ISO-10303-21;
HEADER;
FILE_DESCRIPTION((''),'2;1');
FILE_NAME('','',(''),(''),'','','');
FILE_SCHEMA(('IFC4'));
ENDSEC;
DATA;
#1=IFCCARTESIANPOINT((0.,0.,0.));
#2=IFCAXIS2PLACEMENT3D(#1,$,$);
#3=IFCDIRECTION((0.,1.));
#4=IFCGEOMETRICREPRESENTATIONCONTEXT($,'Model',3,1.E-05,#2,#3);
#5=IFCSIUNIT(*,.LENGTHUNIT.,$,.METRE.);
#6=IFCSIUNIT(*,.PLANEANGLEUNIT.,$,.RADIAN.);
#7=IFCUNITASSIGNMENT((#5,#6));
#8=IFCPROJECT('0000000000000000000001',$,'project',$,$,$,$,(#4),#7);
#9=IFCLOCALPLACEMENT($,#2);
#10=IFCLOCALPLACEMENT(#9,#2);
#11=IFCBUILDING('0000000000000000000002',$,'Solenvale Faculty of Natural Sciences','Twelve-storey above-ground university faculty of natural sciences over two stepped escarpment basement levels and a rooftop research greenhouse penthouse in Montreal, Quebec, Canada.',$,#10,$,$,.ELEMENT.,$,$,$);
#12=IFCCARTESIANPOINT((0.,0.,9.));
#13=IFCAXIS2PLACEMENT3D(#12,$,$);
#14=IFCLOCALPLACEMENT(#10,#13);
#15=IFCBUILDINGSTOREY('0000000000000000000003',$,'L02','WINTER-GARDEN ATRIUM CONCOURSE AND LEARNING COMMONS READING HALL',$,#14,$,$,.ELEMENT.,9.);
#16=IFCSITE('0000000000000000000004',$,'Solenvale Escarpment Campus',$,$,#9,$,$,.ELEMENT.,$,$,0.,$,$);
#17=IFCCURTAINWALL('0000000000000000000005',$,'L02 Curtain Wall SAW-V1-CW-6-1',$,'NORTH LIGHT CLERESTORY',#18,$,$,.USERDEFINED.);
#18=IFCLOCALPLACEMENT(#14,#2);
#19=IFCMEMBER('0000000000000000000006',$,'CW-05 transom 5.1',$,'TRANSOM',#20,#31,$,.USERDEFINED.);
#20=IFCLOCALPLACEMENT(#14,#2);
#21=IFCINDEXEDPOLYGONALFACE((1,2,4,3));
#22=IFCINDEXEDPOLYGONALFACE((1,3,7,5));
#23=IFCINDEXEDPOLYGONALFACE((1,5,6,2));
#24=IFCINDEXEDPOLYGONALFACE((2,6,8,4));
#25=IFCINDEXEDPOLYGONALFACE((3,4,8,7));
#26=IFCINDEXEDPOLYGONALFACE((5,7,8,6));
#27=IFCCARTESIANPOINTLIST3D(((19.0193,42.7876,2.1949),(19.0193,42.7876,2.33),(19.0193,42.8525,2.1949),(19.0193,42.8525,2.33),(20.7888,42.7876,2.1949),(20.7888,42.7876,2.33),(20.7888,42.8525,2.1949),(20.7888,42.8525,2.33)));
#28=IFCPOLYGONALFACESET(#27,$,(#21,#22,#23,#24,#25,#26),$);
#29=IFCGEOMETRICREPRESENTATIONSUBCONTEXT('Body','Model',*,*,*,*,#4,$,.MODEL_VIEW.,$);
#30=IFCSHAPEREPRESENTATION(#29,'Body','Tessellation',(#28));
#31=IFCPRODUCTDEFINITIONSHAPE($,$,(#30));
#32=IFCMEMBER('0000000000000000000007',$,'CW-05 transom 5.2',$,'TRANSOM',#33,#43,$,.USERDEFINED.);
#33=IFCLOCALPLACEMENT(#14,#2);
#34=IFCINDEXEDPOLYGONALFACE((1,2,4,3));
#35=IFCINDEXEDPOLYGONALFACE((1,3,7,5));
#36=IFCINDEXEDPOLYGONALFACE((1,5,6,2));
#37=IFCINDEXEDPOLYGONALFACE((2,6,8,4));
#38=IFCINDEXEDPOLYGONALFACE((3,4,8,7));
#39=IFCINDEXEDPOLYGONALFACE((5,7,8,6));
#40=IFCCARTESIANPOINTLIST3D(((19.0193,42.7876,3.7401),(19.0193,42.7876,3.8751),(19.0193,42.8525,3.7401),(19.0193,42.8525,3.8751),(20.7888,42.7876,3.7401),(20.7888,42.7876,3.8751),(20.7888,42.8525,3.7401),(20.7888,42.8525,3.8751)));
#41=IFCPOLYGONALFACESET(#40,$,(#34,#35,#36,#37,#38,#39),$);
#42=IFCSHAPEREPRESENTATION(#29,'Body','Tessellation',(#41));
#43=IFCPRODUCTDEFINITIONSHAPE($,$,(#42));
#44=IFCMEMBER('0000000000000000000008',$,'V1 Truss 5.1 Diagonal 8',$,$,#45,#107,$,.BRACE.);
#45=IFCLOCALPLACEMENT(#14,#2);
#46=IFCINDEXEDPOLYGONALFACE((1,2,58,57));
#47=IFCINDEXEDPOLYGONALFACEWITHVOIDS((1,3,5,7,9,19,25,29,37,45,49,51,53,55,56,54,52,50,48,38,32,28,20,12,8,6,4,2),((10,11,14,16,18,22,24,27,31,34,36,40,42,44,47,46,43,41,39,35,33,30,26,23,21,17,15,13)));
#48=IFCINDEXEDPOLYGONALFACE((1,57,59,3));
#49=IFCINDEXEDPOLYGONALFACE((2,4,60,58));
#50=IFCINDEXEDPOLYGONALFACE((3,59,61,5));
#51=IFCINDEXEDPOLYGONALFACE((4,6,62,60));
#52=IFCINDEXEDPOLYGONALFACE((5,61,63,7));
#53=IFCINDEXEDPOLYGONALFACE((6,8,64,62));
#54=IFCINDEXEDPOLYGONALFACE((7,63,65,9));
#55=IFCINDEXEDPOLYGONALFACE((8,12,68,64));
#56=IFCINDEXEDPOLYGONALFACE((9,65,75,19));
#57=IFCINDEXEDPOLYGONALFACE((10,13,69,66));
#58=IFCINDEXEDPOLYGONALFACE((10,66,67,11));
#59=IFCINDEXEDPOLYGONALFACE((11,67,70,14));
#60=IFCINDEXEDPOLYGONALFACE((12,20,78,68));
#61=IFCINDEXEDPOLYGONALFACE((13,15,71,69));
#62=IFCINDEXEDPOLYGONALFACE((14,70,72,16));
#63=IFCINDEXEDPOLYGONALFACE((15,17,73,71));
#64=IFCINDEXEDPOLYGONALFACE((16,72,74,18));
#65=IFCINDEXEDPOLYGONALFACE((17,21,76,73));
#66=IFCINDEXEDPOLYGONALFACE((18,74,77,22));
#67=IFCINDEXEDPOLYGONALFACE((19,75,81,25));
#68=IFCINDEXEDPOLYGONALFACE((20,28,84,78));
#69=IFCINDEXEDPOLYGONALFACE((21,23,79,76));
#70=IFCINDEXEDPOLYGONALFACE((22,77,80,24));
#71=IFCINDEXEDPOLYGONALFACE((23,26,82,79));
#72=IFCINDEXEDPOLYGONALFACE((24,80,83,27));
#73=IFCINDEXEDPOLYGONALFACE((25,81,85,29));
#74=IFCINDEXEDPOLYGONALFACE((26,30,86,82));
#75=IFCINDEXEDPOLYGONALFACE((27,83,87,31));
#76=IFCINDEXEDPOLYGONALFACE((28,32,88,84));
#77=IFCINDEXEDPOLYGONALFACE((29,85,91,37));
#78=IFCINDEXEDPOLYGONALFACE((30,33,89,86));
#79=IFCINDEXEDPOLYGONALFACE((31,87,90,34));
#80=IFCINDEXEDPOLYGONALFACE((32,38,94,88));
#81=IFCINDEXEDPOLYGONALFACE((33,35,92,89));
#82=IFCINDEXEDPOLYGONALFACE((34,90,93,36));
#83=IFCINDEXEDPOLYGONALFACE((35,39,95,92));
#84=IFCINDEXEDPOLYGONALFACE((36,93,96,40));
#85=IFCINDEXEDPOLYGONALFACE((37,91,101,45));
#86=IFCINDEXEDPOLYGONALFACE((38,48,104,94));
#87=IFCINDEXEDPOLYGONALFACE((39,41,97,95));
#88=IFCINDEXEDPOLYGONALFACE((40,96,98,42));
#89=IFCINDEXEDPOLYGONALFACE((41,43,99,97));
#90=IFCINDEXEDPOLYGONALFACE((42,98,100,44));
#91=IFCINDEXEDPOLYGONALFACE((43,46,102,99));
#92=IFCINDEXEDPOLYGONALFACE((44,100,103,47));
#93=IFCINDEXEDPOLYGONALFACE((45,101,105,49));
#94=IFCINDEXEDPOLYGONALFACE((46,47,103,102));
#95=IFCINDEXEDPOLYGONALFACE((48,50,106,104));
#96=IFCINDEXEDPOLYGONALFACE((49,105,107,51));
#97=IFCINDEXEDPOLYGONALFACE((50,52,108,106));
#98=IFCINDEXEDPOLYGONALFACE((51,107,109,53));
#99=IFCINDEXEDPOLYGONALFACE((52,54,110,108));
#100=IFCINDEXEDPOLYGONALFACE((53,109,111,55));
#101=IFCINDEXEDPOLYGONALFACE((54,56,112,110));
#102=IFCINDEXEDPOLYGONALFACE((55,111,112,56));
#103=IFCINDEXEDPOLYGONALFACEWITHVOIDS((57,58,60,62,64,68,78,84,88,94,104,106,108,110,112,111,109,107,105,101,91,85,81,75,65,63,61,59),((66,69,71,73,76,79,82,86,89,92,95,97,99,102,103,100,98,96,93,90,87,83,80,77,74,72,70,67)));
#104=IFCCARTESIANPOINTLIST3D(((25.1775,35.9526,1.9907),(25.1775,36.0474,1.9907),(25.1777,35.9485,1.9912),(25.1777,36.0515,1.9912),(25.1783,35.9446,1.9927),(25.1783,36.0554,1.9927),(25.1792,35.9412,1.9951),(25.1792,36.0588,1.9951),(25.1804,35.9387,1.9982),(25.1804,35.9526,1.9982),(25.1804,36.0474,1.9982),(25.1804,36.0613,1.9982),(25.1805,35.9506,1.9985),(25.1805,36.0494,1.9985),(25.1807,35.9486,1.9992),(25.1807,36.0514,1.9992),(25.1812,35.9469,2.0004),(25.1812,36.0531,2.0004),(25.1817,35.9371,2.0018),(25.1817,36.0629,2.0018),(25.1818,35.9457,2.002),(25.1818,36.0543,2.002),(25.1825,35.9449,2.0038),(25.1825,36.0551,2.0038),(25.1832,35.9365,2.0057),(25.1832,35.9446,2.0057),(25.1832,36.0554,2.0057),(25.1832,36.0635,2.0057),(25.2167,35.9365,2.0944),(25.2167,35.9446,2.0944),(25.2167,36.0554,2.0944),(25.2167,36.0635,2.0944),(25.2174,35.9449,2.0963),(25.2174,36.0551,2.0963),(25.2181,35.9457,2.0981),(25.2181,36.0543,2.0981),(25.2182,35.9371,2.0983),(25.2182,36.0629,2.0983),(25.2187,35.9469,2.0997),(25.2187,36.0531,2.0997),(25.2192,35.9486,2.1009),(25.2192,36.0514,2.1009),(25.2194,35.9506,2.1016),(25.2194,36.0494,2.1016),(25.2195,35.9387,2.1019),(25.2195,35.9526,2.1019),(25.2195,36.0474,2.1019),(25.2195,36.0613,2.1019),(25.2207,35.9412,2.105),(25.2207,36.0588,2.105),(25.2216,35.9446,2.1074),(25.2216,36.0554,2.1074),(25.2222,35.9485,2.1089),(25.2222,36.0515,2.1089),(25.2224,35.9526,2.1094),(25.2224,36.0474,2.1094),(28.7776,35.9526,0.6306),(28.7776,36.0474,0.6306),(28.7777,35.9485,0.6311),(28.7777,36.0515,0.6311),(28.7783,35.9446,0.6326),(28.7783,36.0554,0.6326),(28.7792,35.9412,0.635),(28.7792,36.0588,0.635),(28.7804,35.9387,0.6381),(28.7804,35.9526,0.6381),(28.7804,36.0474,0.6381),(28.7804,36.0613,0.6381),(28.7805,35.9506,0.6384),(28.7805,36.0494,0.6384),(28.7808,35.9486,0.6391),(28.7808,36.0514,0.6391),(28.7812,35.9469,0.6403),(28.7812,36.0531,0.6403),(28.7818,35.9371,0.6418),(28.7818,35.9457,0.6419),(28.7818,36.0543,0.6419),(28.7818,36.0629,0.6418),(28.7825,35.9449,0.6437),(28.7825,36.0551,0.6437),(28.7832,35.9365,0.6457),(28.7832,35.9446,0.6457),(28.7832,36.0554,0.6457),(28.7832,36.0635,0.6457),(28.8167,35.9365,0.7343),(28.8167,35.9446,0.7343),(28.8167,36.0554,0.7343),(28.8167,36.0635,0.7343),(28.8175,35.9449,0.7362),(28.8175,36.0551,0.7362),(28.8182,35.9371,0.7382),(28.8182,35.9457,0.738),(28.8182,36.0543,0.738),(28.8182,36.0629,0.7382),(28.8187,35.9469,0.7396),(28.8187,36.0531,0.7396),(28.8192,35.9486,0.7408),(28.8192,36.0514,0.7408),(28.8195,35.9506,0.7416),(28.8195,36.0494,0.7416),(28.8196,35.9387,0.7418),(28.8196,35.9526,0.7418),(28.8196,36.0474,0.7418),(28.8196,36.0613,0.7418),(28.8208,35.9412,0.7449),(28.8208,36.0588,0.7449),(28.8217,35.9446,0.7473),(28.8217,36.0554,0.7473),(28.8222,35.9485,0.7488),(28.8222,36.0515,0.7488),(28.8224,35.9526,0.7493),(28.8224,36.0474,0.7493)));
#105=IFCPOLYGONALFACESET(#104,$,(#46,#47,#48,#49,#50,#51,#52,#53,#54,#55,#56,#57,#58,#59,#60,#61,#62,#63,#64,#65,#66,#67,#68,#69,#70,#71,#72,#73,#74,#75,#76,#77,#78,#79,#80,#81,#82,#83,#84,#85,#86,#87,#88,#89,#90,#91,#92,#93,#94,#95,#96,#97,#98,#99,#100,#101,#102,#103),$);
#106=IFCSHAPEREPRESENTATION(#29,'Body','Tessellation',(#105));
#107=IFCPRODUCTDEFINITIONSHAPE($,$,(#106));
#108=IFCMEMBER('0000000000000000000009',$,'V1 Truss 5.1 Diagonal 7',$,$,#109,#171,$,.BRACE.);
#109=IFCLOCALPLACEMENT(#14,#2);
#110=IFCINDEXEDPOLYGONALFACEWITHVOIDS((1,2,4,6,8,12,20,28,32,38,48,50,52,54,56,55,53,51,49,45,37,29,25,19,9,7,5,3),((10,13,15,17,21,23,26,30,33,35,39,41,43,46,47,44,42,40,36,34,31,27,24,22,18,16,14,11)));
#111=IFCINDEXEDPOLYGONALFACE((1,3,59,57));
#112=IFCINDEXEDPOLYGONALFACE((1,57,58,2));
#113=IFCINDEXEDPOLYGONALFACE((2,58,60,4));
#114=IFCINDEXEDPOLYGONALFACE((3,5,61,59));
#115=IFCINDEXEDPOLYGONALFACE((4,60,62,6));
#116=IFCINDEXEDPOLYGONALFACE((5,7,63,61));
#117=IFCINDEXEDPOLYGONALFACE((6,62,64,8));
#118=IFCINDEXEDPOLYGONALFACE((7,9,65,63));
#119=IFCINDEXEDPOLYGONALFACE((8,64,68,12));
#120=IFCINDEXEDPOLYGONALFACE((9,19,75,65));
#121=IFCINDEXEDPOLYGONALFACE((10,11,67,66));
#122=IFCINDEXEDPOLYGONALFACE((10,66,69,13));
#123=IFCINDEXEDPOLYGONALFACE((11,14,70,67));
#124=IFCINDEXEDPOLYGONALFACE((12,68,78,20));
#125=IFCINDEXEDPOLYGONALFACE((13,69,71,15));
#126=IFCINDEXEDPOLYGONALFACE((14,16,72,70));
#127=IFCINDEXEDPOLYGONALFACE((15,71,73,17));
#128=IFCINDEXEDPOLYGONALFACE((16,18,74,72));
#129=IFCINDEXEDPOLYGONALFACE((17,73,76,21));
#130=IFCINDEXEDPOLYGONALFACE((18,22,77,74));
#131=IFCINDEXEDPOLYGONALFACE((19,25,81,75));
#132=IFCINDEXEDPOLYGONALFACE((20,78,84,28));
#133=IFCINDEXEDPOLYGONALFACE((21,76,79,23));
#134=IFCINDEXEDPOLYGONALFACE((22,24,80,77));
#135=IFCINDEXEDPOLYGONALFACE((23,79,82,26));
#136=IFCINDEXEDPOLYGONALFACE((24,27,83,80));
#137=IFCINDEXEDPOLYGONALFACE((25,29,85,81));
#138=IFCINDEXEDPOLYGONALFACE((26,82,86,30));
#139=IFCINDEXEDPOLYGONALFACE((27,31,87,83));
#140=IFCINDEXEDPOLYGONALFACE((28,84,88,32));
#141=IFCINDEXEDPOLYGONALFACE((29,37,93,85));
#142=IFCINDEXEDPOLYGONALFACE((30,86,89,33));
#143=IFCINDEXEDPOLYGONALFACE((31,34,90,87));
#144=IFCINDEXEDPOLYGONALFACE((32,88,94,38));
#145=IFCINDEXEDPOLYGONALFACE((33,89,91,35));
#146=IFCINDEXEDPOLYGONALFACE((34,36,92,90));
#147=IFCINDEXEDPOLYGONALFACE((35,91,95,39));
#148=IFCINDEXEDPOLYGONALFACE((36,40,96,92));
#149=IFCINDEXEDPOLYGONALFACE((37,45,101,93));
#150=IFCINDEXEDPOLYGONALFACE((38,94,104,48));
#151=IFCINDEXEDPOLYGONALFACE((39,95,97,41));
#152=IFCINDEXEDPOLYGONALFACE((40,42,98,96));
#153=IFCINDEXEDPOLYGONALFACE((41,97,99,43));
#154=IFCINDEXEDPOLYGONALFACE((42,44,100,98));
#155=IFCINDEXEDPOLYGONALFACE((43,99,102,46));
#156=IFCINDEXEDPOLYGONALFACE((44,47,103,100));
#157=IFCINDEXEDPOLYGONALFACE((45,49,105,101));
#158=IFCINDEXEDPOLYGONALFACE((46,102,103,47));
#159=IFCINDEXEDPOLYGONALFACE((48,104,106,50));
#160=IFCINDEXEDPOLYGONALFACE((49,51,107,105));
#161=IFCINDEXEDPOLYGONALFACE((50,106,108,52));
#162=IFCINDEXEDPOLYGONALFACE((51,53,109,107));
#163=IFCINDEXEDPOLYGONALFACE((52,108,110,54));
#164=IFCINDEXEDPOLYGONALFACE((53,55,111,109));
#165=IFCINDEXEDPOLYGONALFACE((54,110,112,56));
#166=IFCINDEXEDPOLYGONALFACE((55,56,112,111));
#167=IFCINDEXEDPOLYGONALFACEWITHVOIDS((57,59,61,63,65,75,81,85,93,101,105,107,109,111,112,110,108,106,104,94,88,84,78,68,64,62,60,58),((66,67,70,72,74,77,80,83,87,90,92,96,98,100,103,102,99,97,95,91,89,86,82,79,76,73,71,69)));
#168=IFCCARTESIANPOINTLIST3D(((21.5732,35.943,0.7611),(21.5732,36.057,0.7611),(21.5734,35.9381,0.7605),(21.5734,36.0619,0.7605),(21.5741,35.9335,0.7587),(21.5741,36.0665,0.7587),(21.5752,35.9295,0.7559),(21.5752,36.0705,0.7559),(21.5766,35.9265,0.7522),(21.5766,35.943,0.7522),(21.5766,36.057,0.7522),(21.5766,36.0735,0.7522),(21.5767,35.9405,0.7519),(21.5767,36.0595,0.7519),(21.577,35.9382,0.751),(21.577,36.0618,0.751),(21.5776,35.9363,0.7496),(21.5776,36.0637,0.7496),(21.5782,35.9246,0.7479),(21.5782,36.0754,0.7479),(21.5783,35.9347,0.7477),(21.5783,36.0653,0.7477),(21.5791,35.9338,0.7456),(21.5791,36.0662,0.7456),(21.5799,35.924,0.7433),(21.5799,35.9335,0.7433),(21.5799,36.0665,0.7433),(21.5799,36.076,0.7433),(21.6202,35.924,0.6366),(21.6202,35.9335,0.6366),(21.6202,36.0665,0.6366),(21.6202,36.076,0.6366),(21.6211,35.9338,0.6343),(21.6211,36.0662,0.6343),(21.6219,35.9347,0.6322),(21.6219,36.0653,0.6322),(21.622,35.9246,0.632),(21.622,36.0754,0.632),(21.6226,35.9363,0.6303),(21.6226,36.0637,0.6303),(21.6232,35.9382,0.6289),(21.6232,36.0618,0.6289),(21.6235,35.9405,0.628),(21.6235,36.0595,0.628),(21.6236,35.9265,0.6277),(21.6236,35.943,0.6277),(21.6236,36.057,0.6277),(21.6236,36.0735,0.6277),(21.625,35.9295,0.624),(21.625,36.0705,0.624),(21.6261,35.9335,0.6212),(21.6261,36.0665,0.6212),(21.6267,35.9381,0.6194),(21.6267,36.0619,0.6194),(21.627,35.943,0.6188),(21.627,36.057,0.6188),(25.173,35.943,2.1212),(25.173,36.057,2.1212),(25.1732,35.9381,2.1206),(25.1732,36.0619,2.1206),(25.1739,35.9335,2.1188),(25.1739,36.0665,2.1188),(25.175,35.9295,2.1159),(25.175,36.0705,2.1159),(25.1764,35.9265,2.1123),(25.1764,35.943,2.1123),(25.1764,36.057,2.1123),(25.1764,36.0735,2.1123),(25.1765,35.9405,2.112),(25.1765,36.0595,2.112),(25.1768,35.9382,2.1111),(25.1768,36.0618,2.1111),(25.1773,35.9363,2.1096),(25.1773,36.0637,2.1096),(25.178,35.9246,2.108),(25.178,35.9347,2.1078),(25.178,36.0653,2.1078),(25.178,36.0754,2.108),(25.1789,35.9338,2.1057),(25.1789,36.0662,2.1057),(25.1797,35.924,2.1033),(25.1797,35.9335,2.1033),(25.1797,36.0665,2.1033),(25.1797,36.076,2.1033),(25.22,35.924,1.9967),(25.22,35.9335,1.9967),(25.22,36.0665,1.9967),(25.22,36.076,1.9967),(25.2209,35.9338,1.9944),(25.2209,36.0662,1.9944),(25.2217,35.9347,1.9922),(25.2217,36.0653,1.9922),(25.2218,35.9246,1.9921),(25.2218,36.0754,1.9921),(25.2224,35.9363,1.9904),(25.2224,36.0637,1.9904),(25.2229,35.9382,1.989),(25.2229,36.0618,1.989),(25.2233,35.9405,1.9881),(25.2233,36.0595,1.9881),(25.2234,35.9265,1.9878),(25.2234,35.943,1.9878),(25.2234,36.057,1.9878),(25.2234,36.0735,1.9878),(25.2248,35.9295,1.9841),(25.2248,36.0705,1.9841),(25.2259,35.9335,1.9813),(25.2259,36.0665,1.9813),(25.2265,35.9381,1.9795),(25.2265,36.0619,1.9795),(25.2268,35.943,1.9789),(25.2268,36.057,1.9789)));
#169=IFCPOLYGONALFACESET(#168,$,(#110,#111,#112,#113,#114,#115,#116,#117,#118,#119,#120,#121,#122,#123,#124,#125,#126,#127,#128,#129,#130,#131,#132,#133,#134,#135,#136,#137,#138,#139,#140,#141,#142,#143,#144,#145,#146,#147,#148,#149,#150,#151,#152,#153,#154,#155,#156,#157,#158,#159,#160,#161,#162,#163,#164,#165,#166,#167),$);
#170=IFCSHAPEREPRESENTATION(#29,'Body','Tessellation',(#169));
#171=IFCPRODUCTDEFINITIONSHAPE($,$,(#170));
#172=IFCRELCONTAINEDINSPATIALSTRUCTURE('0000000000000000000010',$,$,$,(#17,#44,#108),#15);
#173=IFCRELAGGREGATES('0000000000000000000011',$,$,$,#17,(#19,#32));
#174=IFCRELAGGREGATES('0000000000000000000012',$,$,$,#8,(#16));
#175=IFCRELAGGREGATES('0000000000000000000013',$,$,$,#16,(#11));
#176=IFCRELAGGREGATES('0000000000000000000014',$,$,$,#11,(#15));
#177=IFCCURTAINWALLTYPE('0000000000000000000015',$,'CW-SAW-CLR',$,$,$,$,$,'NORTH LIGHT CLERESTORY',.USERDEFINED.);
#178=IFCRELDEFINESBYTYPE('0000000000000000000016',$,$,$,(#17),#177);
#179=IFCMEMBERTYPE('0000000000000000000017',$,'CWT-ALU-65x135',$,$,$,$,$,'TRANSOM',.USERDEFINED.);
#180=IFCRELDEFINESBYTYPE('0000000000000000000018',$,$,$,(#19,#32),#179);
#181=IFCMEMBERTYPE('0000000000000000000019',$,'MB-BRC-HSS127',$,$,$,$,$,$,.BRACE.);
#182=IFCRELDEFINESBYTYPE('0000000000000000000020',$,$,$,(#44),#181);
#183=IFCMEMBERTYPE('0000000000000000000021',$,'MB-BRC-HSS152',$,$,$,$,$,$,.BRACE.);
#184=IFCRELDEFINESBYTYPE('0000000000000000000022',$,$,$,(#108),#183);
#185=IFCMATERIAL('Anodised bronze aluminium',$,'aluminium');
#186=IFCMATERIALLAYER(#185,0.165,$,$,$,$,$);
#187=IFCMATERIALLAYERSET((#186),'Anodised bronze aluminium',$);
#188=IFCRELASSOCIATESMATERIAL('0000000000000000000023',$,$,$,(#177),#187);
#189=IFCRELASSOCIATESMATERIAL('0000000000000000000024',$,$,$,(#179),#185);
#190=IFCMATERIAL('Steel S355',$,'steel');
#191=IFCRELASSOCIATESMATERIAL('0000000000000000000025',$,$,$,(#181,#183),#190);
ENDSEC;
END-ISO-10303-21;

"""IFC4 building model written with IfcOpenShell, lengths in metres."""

from ifc_helpers import new_model, si_unit, direction, frame, origin, origin_2d, place, context, subcontext, project, spatial, rectangle, hollow_rectangle, extrude, material, layer, layer_set, material_profile, profile_set, type_object, element, aggregate, save


model = new_model("IFC4")

# Units and contexts
model_context = context("Model", 3, precision=1e-05, world=origin(), true_north=direction((0.0, 1.0)))
body_context = subcontext(model_context, "Body", "Model", "MODEL_VIEW")
ifc_project = project(units=[si_unit("LENGTHUNIT", "METRE"), si_unit("PLANEANGLEUNIT", "RADIAN")], contexts=[model_context])

# Site, building, storey
site_placement = place(None, origin())
site = spatial("IfcSite", under=ifc_project, at=site_placement, Name="Solenvale Escarpment Campus", CompositionType="ELEMENT", RefElevation=0.0)
building_placement = place(site_placement, origin())
building = spatial("IfcBuilding", under=site, at=building_placement, Name="Solenvale Faculty of Natural Sciences", Description="Twelve-storey above-ground university faculty of natural sciences over two stepped escarpment basement levels and a rooftop research greenhouse penthouse in Montreal, Quebec, Canada.", CompositionType="ELEMENT")
storey_placement = place(building_placement, frame((0.0, 0.0, 9.0)))
storey = spatial("IfcBuildingStorey", under=building, at=storey_placement, Name="L02", Description="WINTER-GARDEN ATRIUM CONCOURSE AND LEARNING COMMONS READING HALL", CompositionType="ELEMENT", Elevation=9.0)

# Curtain wall
ifc_material_1 = material(Name="Anodised bronze aluminium", Category="aluminium")
ifc_layer_1 = layer(ifc_material_1, 0.165)
ifc_layer_set_1 = layer_set([ifc_layer_1], Name="Anodised bronze aluminium")
curtain_wall_type = type_object("IfcCurtainWallType", Name="CW-SAW-CLR", ElementType="NORTH LIGHT CLERESTORY", PredefinedType="USERDEFINED", material=ifc_layer_set_1)
curtain_wall_1_placement = place(storey_placement, origin())
curtain_wall_1 = element("IfcCurtainWall", 1, at=curtain_wall_1_placement, inside=storey, type_object=curtain_wall_type, Name="L02 Curtain Wall SAW-V1-CW-6-1", ObjectType="NORTH LIGHT CLERESTORY", PredefinedType="USERDEFINED")

# Members
ifc_material_profile_1 = material_profile(ifc_material_1, rectangle(XDim=0.0649, YDim=0.135, at=origin_2d()), Name="ALU-TRN-65x135")
ifc_profile_set_1 = profile_set([ifc_material_profile_1], Name="Anodised bronze aluminium")
member_type_1 = type_object("IfcMemberType", Name="CWT-ALU-65x135", ElementType="TRANSOM", PredefinedType="USERDEFINED", material=ifc_profile_set_1)
member_1_placement = place(storey_placement, frame((20.7888, 42.8201, 2.2625), z_axis=(-1.0, 0.0, 0.0), x_axis=(0.0, -1.0, 0.0)))
member_1 = element("IfcMember", 2, at=member_1_placement, type_object=member_type_1, Name="CW-05 transom 5.1", ObjectType="TRANSOM", PredefinedType="USERDEFINED", context=body_context, shape_type="SweptSolid", body=[
    extrude(rectangle(XDim=0.0649, YDim=0.135, at=origin_2d()), origin(), (0.0, 0.0, 1.0), 1.7695),
])
member_2_placement = place(storey_placement, frame((20.7888, 42.8201, 3.8076), z_axis=(-1.0, 0.0, 0.0), x_axis=(0.0, -1.0, 0.0)))
member_2 = element("IfcMember", 3, at=member_2_placement, type_object=member_type_1, Name="CW-05 transom 5.2", ObjectType="TRANSOM", PredefinedType="USERDEFINED", context=body_context, shape_type="SweptSolid", body=[
    extrude(rectangle(XDim=0.0649, YDim=0.135, at=origin_2d()), origin(), (0.0, 0.0, 1.0), 1.7695),
])

# Members
ifc_material_2 = material(Name="Steel S355", Category="steel")
ifc_material_profile_2 = material_profile(ifc_material_2, hollow_rectangle(XDim=0.127, YDim=0.127, WallThickness=0.0081, InnerFilletRadius=0.0081, OuterFilletRadius=0.0161, at=origin_2d()), Name="HSS127x127x8.0")
ifc_profile_set_2 = profile_set([ifc_material_profile_2], Name="Steel S355")
member_type_2 = type_object("IfcMemberType", Name="MB-BRC-HSS127", PredefinedType="BRACE", material=ifc_profile_set_2)
member_3_placement = place(storey_placement, frame((25.2, 36.0, 2.05), z_axis=(0.935466, 0.0, -0.353417), x_axis=(0.0, 1.0, 0.0)))
element("IfcMember", 4, at=member_3_placement, inside=storey, type_object=member_type_2, Name="V1 Truss 5.1 Diagonal 8", PredefinedType="BRACE", context=body_context, shape_type="SweptSolid", body=[
    extrude(hollow_rectangle(XDim=0.127, YDim=0.127, WallThickness=0.0081, InnerFilletRadius=0.0081, OuterFilletRadius=0.0161, at=origin_2d()), origin(), (0.0, 0.0, 1.0), 3.8484),
])
ifc_material_profile_3 = material_profile(ifc_material_2, hollow_rectangle(XDim=0.1521, YDim=0.1521, WallThickness=0.0095, InnerFilletRadius=0.0095, OuterFilletRadius=0.019, at=origin_2d()), Name="HSS152x152x9.5")
ifc_profile_set_3 = profile_set([ifc_material_profile_3], Name="Steel S355")
member_type_3 = type_object("IfcMemberType", Name="MB-BRC-HSS152", PredefinedType="BRACE", material=ifc_profile_set_3)
member_4_placement = place(storey_placement, frame((21.6001, 36.0, 0.6899), z_axis=(0.935458, 0.0, 0.353438), x_axis=(0.0, 1.0, 0.0)))
element("IfcMember", 5, at=member_4_placement, inside=storey, type_object=member_type_3, Name="V1 Truss 5.1 Diagonal 7", PredefinedType="BRACE", context=body_context, shape_type="SweptSolid", body=[
    extrude(hollow_rectangle(XDim=0.1521, YDim=0.1521, WallThickness=0.0095, InnerFilletRadius=0.0095, OuterFilletRadius=0.019, at=origin_2d()), origin(), (0.0, 0.0, 1.0), 3.8481),
])

aggregate(curtain_wall_1, [member_1, member_2])

save(model, "model.ifc")
